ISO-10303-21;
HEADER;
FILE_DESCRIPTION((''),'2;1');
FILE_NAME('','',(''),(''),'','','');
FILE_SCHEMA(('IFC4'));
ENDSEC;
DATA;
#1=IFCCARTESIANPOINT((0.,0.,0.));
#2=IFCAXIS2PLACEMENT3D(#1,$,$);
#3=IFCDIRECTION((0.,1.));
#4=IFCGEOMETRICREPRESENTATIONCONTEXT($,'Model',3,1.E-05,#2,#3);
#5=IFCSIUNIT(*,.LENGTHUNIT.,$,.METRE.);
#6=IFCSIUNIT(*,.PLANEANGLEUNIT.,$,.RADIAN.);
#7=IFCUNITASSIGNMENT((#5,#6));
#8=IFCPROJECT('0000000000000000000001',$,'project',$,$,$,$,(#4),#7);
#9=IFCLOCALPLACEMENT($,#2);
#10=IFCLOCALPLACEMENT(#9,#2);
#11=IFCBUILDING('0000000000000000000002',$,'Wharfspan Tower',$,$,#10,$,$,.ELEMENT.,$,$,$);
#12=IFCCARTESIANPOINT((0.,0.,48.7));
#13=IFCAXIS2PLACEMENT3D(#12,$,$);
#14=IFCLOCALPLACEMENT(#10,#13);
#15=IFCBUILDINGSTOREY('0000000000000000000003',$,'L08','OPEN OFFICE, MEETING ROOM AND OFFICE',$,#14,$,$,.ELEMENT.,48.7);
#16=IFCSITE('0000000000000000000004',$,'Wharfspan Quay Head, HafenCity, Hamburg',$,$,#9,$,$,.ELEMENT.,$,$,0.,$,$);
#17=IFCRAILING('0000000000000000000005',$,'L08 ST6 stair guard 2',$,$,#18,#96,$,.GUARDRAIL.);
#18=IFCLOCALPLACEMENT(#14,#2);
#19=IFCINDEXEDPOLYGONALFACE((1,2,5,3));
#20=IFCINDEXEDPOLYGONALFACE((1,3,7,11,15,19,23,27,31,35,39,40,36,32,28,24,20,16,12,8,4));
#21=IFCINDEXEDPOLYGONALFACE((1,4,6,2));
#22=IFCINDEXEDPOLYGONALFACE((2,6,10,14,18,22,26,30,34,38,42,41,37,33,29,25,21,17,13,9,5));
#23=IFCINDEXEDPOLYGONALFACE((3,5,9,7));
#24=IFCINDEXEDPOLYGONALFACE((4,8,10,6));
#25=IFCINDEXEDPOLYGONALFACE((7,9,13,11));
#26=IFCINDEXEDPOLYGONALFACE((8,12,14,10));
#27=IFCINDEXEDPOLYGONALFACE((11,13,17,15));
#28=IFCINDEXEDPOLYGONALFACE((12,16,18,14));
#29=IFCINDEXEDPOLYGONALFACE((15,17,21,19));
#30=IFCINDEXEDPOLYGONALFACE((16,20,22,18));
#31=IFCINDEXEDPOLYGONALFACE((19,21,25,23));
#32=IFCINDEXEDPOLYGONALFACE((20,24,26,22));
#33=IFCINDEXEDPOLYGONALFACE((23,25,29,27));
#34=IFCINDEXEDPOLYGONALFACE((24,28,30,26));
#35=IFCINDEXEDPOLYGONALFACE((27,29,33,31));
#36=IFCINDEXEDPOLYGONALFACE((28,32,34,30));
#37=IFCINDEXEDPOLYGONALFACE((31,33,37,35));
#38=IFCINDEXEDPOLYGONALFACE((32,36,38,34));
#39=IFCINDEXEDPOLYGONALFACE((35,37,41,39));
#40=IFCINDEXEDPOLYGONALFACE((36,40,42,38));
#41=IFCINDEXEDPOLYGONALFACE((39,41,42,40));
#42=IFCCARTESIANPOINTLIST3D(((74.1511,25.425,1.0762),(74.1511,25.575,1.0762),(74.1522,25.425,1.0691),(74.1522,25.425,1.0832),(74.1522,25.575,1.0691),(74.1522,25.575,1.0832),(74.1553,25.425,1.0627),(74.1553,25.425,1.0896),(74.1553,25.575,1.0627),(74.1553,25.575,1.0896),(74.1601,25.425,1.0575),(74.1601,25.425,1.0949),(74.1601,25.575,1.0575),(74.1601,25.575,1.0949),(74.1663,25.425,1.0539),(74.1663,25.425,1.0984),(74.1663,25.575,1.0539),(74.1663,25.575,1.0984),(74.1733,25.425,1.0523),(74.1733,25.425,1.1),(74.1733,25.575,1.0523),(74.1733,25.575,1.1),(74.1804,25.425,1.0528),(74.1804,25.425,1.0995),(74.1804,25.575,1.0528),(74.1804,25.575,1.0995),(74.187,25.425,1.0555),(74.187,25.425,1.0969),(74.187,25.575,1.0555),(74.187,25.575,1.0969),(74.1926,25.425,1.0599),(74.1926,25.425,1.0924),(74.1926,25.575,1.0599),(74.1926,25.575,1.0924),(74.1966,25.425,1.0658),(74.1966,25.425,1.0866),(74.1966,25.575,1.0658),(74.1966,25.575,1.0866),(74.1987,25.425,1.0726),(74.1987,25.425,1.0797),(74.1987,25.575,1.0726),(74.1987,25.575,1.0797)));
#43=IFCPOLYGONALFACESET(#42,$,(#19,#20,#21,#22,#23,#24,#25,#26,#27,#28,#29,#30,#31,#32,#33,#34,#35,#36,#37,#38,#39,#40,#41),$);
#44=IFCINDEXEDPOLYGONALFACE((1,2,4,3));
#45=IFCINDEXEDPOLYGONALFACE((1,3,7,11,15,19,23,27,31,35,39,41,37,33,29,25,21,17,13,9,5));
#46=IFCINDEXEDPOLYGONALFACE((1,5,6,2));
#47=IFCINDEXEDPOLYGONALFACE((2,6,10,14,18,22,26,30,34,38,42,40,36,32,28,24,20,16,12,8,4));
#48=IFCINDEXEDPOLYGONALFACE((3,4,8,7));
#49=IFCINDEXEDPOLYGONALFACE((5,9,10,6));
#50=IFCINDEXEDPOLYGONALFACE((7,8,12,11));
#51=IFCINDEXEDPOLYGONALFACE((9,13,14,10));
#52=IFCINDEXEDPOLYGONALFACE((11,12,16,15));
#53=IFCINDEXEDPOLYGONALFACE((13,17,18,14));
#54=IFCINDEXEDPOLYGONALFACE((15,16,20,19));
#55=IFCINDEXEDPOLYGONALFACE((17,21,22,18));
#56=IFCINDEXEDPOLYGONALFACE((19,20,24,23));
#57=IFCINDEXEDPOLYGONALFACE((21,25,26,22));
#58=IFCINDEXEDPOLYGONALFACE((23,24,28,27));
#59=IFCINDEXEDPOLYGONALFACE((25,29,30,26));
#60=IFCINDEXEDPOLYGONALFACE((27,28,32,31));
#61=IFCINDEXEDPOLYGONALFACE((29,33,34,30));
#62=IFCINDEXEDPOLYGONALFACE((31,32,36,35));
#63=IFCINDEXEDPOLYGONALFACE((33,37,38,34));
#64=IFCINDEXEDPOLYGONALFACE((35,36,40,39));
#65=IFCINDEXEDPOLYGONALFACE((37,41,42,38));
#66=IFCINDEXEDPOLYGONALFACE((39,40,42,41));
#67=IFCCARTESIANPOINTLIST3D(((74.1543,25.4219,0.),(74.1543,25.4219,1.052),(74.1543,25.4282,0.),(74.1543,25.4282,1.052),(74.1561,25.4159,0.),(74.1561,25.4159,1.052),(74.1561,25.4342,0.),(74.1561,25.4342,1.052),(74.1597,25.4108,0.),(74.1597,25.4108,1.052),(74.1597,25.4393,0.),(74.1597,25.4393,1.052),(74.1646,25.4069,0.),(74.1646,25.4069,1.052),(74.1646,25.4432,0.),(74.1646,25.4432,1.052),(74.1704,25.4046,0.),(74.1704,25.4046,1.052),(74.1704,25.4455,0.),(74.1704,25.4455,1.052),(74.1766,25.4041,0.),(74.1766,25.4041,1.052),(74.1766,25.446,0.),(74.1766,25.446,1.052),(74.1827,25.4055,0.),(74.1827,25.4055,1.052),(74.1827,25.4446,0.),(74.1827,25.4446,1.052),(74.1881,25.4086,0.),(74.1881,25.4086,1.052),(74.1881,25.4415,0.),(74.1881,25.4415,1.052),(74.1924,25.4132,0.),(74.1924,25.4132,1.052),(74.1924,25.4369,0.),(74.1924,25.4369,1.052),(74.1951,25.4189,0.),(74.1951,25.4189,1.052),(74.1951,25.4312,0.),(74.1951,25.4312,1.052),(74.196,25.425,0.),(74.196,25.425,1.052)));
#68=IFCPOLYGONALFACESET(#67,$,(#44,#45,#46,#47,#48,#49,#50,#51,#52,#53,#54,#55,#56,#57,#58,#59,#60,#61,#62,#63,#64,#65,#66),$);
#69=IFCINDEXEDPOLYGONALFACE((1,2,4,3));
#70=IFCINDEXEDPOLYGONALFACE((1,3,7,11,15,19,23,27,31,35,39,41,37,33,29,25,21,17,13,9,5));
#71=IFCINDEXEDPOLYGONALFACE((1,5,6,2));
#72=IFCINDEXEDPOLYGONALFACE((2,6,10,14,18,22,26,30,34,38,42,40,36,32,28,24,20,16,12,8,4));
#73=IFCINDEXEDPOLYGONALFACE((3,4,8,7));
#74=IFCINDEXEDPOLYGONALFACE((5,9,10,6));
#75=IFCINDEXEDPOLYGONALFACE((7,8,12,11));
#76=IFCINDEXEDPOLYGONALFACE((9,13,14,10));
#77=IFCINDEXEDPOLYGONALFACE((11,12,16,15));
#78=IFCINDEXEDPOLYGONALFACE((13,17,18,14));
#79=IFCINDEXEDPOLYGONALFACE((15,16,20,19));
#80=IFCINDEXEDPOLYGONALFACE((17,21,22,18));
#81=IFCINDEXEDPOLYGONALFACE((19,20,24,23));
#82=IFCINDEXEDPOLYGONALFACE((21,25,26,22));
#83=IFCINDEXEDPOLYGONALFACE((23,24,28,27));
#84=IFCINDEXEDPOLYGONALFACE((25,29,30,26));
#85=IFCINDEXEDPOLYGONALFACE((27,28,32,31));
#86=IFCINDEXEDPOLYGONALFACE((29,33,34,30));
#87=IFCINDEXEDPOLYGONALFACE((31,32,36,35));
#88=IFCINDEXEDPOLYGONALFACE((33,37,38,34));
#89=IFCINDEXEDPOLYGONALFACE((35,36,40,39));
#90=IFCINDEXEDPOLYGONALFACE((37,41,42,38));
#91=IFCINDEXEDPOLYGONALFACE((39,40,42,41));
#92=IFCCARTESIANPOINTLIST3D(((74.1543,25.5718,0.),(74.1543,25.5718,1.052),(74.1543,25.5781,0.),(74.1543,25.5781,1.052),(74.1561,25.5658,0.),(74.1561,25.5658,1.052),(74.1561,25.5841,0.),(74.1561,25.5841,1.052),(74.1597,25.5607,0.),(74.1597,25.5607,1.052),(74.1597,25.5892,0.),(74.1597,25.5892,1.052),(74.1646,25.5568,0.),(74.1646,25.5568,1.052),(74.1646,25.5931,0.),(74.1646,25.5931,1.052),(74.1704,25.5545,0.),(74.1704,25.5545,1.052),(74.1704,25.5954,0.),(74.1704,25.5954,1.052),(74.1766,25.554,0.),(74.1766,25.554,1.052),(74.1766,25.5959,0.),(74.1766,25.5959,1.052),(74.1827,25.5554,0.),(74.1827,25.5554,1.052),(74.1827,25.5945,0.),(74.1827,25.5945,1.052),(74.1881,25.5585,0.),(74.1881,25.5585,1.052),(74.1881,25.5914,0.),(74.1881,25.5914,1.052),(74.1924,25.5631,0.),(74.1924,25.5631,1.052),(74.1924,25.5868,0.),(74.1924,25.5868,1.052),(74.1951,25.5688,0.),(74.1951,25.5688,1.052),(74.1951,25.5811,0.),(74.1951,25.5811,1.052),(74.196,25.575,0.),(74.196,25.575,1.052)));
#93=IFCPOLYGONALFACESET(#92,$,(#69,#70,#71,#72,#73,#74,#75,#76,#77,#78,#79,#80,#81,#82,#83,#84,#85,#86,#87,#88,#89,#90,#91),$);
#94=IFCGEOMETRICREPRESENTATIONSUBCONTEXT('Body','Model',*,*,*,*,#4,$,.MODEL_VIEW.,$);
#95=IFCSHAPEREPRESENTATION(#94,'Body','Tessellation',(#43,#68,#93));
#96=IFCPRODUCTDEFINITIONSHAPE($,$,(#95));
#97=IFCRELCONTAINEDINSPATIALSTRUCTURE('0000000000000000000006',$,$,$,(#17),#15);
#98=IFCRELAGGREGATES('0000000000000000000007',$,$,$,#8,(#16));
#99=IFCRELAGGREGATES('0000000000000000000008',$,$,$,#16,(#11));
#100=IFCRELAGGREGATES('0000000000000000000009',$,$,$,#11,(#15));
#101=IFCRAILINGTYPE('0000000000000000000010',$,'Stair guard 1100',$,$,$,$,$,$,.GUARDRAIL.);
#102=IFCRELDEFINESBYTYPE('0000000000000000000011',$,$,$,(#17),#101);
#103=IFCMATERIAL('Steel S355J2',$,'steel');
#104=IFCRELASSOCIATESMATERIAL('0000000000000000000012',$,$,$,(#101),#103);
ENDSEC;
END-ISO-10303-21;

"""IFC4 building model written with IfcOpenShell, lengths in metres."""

from ifc_helpers import new_model, si_unit, direction, frame, origin, origin_2d, place, context, subcontext, project, spatial, circle, extrude, material, type_object, element, save


model = new_model("IFC4")

# Units and contexts
model_context = context("Model", 3, precision=1e-05, world=origin(), true_north=direction((0.0, 1.0)))
body_context = subcontext(model_context, "Body", "Model", "MODEL_VIEW")
ifc_project = project(units=[si_unit("LENGTHUNIT", "METRE"), si_unit("PLANEANGLEUNIT", "RADIAN")], contexts=[model_context])

# Site, building, storey
site_placement = place(None, origin())
site = spatial("IfcSite", under=ifc_project, at=site_placement, Name="Wharfspan Quay Head, HafenCity, Hamburg", CompositionType="ELEMENT", RefElevation=0.0)
building_placement = place(site_placement, origin())
building = spatial("IfcBuilding", under=site, at=building_placement, Name="Wharfspan Tower", CompositionType="ELEMENT")
storey_placement = place(building_placement, frame((0.0, 0.0, 48.7)))
storey = spatial("IfcBuildingStorey", under=building, at=storey_placement, Name="L08", Description="OPEN OFFICE, MEETING ROOM AND OFFICE", CompositionType="ELEMENT", Elevation=48.7)

# Shared definitions
ifc_material_1 = material(Name="Steel S355J2", Category="steel")

# Railing
railing_type_1 = type_object("IfcRailingType", Name="Stair guard 1100", PredefinedType="GUARDRAIL", material=ifc_material_1)
railing_1_placement = place(storey_placement, frame((74.175, 25.425, 0.0)))
element("IfcRailing", 1, at=railing_1_placement, inside=storey, type_object=railing_type_1, Name="L08 ST6 stair guard 2", PredefinedType="GUARDRAIL", context=body_context, shape_type="SweptSolid", body=[
    extrude(circle(Radius=0.0239, at=origin_2d()), frame((0.0, 0.0, 1.0762), z_axis=(0.0, 1.0, 0.0), x_axis=(-1.0, 0.0, 0.0)), (0.0, 0.0, 1.0), 0.1499),
    extrude(circle(Radius=0.021, at=origin_2d()), origin(), (0.0, 0.0, 1.0), 1.052),
    extrude(circle(Radius=0.021, at=origin_2d()), frame((0.0, 0.1499, 0.0)), (0.0, 0.0, 1.0), 1.052),
])

save(model, "model.ifc")
